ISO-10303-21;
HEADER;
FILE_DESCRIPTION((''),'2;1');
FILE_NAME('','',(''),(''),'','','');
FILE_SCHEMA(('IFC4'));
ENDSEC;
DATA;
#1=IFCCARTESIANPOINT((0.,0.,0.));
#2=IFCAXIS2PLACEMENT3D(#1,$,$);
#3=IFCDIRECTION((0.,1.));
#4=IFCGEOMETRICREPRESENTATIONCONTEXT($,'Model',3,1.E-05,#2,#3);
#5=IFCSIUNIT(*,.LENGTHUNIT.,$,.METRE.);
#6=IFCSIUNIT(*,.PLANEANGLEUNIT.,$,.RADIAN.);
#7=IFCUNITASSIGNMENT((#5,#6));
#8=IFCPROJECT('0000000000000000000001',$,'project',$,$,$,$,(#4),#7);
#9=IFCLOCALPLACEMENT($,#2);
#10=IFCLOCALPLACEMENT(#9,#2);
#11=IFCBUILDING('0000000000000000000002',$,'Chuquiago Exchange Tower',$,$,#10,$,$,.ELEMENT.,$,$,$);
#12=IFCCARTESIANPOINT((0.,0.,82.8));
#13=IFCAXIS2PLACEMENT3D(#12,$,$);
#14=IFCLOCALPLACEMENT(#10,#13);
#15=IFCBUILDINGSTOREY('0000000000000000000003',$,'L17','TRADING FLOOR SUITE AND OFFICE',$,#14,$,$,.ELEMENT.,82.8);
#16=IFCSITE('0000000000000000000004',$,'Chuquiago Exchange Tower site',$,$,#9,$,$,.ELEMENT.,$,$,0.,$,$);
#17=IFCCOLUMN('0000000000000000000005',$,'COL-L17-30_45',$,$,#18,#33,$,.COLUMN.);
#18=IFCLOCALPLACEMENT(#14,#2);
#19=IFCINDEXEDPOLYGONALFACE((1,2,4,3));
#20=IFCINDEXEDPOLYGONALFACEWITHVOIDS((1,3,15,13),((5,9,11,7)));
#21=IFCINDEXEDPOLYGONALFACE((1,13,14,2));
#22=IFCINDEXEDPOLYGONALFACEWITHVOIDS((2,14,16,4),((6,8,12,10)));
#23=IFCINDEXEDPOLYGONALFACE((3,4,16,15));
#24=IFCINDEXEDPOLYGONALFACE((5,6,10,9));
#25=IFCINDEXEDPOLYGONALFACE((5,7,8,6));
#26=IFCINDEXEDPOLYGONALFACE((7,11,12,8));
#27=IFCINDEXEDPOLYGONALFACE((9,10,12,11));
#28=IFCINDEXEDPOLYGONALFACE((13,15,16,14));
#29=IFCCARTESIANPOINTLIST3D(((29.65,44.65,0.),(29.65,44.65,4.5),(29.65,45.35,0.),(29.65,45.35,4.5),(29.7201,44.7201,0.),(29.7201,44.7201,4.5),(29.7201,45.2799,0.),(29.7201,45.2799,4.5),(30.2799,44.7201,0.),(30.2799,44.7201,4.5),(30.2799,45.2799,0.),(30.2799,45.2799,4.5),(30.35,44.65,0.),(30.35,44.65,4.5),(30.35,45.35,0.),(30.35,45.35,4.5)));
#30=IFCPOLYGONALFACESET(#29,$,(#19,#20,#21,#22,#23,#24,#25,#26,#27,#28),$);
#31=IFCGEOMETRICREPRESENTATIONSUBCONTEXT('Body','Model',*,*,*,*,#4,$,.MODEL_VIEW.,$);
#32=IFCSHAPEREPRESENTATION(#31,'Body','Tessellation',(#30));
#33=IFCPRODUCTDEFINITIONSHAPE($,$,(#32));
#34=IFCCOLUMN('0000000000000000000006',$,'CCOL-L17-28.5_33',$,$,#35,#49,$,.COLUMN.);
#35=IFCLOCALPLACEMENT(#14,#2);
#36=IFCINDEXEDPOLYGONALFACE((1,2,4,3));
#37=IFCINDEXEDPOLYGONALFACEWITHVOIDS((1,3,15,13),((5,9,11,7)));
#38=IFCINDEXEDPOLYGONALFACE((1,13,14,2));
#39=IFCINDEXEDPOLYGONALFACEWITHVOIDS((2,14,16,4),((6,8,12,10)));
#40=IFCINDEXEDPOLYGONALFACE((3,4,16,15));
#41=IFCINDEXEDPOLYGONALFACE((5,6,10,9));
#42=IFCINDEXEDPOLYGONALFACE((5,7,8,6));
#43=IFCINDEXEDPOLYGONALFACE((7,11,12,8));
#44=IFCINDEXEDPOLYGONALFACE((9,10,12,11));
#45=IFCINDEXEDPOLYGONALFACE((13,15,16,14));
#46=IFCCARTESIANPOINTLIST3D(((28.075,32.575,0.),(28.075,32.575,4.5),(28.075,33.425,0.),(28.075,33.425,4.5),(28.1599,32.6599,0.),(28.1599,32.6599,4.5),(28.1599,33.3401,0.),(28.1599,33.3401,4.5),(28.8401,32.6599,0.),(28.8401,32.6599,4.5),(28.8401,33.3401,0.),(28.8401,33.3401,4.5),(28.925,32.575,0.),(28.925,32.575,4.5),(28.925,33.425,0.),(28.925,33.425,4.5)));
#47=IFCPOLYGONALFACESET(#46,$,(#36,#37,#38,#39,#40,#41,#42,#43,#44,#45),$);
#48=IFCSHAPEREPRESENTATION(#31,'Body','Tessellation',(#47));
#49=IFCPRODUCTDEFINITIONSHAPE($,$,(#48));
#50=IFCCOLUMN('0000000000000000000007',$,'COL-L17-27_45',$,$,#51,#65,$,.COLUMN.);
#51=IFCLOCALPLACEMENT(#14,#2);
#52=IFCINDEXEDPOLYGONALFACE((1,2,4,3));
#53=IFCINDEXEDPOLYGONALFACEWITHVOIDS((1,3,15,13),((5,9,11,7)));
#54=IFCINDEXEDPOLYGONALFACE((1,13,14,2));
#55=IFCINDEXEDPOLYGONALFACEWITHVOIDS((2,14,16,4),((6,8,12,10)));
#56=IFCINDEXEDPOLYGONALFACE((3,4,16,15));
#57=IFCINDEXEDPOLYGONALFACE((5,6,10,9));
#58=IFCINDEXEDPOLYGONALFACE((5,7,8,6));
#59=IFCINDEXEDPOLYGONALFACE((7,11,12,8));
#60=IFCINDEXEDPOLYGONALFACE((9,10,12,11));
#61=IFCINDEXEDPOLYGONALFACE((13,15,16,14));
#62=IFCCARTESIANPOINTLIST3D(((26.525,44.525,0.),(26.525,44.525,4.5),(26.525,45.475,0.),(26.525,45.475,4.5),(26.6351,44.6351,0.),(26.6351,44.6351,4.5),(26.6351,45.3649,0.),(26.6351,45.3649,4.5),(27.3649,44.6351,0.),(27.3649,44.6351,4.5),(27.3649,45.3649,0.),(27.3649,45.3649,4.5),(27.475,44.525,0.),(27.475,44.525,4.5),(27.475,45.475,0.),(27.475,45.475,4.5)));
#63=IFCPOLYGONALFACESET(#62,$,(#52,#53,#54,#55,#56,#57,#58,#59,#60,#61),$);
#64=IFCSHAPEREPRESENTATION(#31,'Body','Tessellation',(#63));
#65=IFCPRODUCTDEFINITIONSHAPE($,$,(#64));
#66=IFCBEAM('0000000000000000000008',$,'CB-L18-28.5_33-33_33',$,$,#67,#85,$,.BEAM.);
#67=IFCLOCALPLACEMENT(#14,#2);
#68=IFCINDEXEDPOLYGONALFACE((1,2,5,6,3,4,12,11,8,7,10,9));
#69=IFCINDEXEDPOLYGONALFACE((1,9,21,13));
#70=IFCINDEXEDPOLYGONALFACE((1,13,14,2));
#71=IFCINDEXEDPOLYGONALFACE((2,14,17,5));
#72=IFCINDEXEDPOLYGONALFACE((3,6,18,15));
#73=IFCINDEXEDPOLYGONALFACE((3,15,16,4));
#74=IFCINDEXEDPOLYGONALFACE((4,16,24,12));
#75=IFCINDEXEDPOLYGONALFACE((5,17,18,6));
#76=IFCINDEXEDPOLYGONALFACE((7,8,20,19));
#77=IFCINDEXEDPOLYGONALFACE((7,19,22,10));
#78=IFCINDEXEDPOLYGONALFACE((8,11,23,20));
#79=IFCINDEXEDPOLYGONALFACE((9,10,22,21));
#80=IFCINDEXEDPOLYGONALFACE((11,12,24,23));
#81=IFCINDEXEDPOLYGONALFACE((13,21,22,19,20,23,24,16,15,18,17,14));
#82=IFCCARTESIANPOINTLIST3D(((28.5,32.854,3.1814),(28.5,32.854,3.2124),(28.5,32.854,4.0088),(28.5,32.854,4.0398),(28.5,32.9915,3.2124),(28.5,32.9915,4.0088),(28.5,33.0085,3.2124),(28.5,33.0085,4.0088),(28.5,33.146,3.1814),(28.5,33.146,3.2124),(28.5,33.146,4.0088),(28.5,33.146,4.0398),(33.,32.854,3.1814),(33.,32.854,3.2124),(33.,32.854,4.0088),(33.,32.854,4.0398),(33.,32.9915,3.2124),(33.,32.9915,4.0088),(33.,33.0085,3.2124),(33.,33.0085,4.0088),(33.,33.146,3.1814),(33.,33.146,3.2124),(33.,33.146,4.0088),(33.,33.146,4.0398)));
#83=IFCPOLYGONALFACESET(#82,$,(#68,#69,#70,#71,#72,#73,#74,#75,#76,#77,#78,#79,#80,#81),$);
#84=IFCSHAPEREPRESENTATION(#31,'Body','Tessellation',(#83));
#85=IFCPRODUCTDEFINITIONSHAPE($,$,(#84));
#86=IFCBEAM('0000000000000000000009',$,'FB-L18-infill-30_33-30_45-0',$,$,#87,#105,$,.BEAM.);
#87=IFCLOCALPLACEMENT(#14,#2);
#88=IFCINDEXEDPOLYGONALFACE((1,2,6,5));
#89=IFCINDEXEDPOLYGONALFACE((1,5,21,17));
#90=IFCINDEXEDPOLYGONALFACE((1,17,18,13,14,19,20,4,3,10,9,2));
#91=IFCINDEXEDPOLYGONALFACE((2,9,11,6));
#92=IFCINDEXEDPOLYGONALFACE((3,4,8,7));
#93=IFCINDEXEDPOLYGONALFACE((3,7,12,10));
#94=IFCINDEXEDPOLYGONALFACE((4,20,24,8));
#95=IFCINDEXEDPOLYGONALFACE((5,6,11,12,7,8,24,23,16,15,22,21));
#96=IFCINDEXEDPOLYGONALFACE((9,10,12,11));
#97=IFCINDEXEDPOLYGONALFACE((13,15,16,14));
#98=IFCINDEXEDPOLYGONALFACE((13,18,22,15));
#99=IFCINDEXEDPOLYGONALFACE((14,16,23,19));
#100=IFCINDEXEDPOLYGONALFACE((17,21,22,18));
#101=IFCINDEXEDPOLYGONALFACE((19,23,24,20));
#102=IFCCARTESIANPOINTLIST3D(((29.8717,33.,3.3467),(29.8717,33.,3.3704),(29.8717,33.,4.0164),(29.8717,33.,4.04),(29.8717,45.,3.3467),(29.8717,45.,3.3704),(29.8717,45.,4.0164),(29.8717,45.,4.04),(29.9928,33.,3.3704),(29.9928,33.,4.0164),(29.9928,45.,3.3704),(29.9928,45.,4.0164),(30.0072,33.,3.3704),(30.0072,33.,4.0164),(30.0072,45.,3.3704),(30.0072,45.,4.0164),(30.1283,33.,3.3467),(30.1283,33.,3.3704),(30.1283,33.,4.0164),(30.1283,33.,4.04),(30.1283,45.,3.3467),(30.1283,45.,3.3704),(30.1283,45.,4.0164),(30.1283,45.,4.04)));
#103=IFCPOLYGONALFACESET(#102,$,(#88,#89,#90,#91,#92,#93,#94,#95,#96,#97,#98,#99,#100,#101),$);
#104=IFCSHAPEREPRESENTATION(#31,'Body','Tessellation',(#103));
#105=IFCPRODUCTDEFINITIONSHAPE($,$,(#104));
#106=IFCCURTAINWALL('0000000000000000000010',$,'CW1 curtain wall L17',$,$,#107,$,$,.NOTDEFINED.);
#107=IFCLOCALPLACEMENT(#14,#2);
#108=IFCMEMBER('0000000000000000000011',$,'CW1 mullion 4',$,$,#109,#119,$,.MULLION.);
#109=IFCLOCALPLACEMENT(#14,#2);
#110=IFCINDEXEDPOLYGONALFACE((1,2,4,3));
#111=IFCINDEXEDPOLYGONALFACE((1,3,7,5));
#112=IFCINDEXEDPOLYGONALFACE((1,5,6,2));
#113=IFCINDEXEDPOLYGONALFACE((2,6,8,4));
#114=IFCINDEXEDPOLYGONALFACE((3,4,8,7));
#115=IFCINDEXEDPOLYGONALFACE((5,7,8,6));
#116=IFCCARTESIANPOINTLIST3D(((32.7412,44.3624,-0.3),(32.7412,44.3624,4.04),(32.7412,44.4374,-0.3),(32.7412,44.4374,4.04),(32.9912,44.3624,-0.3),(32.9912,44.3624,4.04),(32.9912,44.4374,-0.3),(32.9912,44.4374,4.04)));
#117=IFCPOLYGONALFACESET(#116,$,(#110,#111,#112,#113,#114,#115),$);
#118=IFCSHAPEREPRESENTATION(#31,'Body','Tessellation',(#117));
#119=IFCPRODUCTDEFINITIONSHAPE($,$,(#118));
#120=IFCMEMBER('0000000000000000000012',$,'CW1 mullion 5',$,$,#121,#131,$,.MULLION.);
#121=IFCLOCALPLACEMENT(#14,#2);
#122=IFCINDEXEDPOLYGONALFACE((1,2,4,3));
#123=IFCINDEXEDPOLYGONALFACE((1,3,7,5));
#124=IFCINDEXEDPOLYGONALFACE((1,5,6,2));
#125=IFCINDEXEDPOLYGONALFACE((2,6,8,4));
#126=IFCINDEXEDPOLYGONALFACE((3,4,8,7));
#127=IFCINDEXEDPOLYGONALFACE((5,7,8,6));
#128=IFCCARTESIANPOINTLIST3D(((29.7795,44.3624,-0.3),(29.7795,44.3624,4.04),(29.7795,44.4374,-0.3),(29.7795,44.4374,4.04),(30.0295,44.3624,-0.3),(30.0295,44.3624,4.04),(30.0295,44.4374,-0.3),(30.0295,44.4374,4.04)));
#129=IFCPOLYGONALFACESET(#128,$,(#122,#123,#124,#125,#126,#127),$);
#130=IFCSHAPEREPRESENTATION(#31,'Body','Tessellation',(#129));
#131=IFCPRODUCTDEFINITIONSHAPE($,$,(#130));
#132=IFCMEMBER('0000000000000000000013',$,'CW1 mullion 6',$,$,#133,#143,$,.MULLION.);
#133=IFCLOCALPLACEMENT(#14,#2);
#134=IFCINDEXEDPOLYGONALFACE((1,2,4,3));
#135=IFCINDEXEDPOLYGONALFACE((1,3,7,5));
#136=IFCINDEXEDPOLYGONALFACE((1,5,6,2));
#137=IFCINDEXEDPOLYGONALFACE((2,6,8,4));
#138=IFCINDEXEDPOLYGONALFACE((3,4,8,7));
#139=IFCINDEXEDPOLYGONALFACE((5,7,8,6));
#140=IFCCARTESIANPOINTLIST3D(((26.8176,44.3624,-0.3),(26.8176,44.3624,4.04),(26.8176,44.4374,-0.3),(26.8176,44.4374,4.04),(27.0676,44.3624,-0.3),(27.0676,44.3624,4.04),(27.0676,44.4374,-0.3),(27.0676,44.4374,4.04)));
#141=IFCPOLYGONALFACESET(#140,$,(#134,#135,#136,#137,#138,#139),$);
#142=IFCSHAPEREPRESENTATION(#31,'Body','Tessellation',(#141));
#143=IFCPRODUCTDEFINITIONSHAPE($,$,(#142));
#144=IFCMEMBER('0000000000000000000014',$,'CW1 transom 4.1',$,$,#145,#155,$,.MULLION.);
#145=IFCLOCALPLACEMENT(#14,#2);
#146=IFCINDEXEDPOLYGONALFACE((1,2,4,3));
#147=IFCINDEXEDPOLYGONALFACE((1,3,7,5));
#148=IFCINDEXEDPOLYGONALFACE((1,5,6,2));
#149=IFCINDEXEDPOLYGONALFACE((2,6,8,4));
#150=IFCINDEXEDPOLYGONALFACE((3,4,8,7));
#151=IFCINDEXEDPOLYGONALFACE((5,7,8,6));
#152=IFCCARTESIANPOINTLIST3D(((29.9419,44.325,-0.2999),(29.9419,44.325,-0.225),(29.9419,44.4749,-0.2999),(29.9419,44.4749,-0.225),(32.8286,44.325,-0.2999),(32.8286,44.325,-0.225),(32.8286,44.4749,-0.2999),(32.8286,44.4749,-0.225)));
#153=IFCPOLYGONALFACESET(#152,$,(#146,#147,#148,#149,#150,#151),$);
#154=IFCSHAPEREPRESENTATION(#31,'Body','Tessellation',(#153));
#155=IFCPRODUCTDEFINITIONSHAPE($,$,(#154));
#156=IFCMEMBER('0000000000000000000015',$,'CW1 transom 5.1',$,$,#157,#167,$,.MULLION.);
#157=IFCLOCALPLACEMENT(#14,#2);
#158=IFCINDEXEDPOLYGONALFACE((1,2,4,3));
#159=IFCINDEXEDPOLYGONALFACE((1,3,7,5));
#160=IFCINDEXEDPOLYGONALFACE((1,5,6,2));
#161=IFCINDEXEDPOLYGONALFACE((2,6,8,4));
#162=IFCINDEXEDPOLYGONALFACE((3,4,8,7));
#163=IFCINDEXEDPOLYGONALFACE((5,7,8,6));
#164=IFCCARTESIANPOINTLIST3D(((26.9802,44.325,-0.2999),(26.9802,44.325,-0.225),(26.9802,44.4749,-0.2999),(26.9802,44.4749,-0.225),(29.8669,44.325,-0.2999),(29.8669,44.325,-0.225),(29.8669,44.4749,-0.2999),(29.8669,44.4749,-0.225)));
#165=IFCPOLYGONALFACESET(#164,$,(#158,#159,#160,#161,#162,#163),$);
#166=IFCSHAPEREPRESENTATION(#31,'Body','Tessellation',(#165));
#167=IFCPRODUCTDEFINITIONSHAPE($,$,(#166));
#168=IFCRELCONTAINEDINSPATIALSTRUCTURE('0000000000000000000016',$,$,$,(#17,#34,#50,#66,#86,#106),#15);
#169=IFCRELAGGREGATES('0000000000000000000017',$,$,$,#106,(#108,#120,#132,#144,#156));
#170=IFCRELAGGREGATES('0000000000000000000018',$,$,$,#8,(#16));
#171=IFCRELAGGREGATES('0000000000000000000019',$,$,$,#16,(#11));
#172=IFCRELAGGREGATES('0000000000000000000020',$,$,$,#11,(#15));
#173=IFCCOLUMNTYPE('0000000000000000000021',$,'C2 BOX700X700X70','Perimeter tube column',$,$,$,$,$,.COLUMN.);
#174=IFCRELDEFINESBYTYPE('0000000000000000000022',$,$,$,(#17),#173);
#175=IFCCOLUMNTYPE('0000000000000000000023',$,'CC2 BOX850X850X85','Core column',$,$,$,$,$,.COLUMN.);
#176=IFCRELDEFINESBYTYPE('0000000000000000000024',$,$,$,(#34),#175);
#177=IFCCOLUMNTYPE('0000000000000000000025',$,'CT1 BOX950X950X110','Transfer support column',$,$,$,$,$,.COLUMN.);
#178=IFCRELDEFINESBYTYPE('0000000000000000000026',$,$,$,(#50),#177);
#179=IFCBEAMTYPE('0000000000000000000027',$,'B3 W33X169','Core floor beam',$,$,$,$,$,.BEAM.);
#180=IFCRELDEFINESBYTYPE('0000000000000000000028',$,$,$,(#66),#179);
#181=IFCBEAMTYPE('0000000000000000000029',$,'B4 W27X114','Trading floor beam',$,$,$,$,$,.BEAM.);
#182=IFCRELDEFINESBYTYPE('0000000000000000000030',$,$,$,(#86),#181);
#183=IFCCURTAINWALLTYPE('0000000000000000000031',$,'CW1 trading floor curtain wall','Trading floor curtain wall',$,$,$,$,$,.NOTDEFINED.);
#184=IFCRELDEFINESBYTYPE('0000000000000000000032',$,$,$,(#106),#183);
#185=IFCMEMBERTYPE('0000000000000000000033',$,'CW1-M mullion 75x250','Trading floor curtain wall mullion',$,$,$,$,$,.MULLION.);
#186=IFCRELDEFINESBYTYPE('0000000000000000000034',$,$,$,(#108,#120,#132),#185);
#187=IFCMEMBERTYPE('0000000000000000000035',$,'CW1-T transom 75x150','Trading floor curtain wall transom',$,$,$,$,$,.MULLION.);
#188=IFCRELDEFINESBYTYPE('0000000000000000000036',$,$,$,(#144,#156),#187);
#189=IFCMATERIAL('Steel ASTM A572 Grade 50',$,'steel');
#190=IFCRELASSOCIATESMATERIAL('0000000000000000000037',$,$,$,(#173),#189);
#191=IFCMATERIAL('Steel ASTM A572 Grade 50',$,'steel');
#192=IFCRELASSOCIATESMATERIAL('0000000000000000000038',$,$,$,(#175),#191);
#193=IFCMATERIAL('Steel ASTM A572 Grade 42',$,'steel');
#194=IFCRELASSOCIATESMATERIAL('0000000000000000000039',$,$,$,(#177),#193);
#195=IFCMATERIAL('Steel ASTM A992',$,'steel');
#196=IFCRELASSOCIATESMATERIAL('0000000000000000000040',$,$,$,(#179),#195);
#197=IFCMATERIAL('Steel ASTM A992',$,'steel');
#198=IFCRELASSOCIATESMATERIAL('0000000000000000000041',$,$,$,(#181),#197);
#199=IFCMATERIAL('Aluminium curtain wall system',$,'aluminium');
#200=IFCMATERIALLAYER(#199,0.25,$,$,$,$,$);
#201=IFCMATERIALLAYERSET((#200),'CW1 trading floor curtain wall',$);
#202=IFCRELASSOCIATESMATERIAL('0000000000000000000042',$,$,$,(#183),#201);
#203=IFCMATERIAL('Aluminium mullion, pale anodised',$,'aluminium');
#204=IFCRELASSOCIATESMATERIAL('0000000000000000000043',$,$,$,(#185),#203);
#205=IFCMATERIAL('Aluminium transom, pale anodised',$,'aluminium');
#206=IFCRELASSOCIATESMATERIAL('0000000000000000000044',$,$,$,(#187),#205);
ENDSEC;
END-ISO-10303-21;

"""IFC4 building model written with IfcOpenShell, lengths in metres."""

from ifc_helpers import new_model, si_unit, direction, frame, origin, origin_2d, place, context, subcontext, project, spatial, rectangle, hollow_rectangle, i_section, extrude, material, layer, layer_set, material_profile, profile_set, type_object, element, aggregate, save


model = new_model("IFC4")

# Units and contexts
model_context = context("Model", 3, precision=1e-05, world=origin(), true_north=direction((0.0, 1.0)))
body_context = subcontext(model_context, "Body", "Model", "MODEL_VIEW")
ifc_project = project(units=[si_unit("LENGTHUNIT", "METRE"), si_unit("PLANEANGLEUNIT", "RADIAN")], contexts=[model_context])

# Site, building, storey
site_placement = place(None, origin())
site = spatial("IfcSite", under=ifc_project, at=site_placement, Name="Chuquiago Exchange Tower site", CompositionType="ELEMENT", RefElevation=0.0)
building_placement = place(site_placement, origin())
building = spatial("IfcBuilding", under=site, at=building_placement, Name="Chuquiago Exchange Tower", CompositionType="ELEMENT")
storey_placement = place(building_placement, frame((0.0, 0.0, 82.8)))
storey = spatial("IfcBuildingStorey", under=building, at=storey_placement, Name="L17", Description="TRADING FLOOR SUITE AND OFFICE", CompositionType="ELEMENT", Elevation=82.8)

# Columns
ifc_material_1 = material(Name="Steel ASTM A572 Grade 50", Category="steel")
ifc_material_profile_1 = material_profile(ifc_material_1, hollow_rectangle(XDim=0.7, YDim=0.7, WallThickness=0.0701, at=origin_2d()), Name="BOX700X700X70")
ifc_profile_set_1 = profile_set([ifc_material_profile_1], Name="Steel ASTM A572 Grade 50")
column_type_1 = type_object("IfcColumnType", Name="C2 BOX700X700X70", Description="Perimeter tube column", PredefinedType="COLUMN", material=ifc_profile_set_1)
column_1_placement = place(storey_placement, frame((30.0, 45.0, 0.0), z_axis=(0.0, 0.0, 1.0), x_axis=(0.0, 1.0, 0.0)))
element("IfcColumn", 1, at=column_1_placement, inside=storey, type_object=column_type_1, Name="COL-L17-30_45", PredefinedType="COLUMN", context=body_context, shape_type="SweptSolid", body=[
    extrude(hollow_rectangle(XDim=0.7, YDim=0.7, WallThickness=0.0701, at=origin_2d()), origin(), (0.0, 0.0, 1.0), 4.5),
])
ifc_material_2 = material(Name="Steel ASTM A572 Grade 50", Category="steel")
ifc_material_profile_2 = material_profile(ifc_material_2, hollow_rectangle(XDim=0.8501, YDim=0.8501, WallThickness=0.085, at=origin_2d()), Name="BOX850X850X85")
ifc_profile_set_2 = profile_set([ifc_material_profile_2], Name="Steel ASTM A572 Grade 50")
column_type_2 = type_object("IfcColumnType", Name="CC2 BOX850X850X85", Description="Core column", PredefinedType="COLUMN", material=ifc_profile_set_2)
column_2_placement = place(storey_placement, frame((28.5, 33.0, 0.0), z_axis=(0.0, 0.0, 1.0), x_axis=(1.0, 0.0, 0.0)))
element("IfcColumn", 2, at=column_2_placement, inside=storey, type_object=column_type_2, Name="CCOL-L17-28.5_33", PredefinedType="COLUMN", context=body_context, shape_type="SweptSolid", body=[
    extrude(hollow_rectangle(XDim=0.8501, YDim=0.8501, WallThickness=0.085, at=origin_2d()), origin(), (0.0, 0.0, 1.0), 4.5),
])
ifc_material_3 = material(Name="Steel ASTM A572 Grade 42", Category="steel")
ifc_material_profile_3 = material_profile(ifc_material_3, hollow_rectangle(XDim=0.95, YDim=0.95, WallThickness=0.1101, at=origin_2d()), Name="BOX950X950X110")
ifc_profile_set_3 = profile_set([ifc_material_profile_3], Name="Steel ASTM A572 Grade 42")
column_type_3 = type_object("IfcColumnType", Name="CT1 BOX950X950X110", Description="Transfer support column", PredefinedType="COLUMN", material=ifc_profile_set_3)
column_3_placement = place(storey_placement, frame((27.0, 45.0, 0.0), z_axis=(0.0, 0.0, 1.0), x_axis=(0.0, 1.0, 0.0)))
element("IfcColumn", 3, at=column_3_placement, inside=storey, type_object=column_type_3, Name="COL-L17-27_45", PredefinedType="COLUMN", context=body_context, shape_type="SweptSolid", body=[
    extrude(hollow_rectangle(XDim=0.95, YDim=0.95, WallThickness=0.1101, at=origin_2d()), origin(), (0.0, 0.0, 1.0), 4.5),
])

# Beams
ifc_material_4 = material(Name="Steel ASTM A992", Category="steel")
ifc_material_profile_4 = material_profile(ifc_material_4, i_section(OverallWidth=0.292, OverallDepth=0.8584, WebThickness=0.0171, FlangeThickness=0.031, at=origin_2d()), Name="W33X169")
ifc_profile_set_4 = profile_set([ifc_material_profile_4], Name="Steel ASTM A992")
beam_type_1 = type_object("IfcBeamType", Name="B3 W33X169", Description="Core floor beam", PredefinedType="BEAM", material=ifc_profile_set_4)
beam_1_placement = place(storey_placement, frame((28.5, 33.0, 3.6106), z_axis=(1.0, 0.0, 0.0), x_axis=(0.0, 1.0, 0.0)))
element("IfcBeam", 4, at=beam_1_placement, inside=storey, type_object=beam_type_1, Name="CB-L18-28.5_33-33_33", PredefinedType="BEAM", context=body_context, shape_type="SweptSolid", body=[
    extrude(i_section(OverallWidth=0.292, OverallDepth=0.8584, WebThickness=0.0171, FlangeThickness=0.031, at=origin_2d()), origin(), (0.0, 0.0, 1.0), 4.5),
])
ifc_material_5 = material(Name="Steel ASTM A992", Category="steel")
ifc_material_profile_5 = material_profile(ifc_material_5, i_section(OverallWidth=0.2566, OverallDepth=0.6934, WebThickness=0.0144, FlangeThickness=0.0237, at=origin_2d()), Name="W27X114")
ifc_profile_set_5 = profile_set([ifc_material_profile_5], Name="Steel ASTM A992")
beam_type_2 = type_object("IfcBeamType", Name="B4 W27X114", Description="Trading floor beam", PredefinedType="BEAM", material=ifc_profile_set_5)
beam_2_placement = place(storey_placement, frame((30.0, 33.0, 3.6934), z_axis=(0.0, 1.0, 0.0), x_axis=(-1.0, 0.0, 0.0)))
element("IfcBeam", 5, at=beam_2_placement, inside=storey, type_object=beam_type_2, Name="FB-L18-infill-30_33-30_45-0", PredefinedType="BEAM", context=body_context, shape_type="SweptSolid", body=[
    extrude(i_section(OverallWidth=0.2566, OverallDepth=0.6934, WebThickness=0.0144, FlangeThickness=0.0237, at=origin_2d()), origin(), (0.0, 0.0, 1.0), 12.0),
])

# Curtain wall, members
ifc_material_6 = material(Name="Aluminium curtain wall system", Category="aluminium")
ifc_layer_1 = layer(ifc_material_6, 0.25)
ifc_layer_set_1 = layer_set([ifc_layer_1], Name="CW1 trading floor curtain wall")
curtain_wall_type = type_object("IfcCurtainWallType", Name="CW1 trading floor curtain wall", Description="Trading floor curtain wall", PredefinedType="NOTDEFINED", material=ifc_layer_set_1)
curtain_wall_placement = place(storey_placement, origin())
curtain_wall = element("IfcCurtainWall", 6, at=curtain_wall_placement, inside=storey, type_object=curtain_wall_type, Name="CW1 curtain wall L17", PredefinedType="NOTDEFINED")
ifc_material_7 = material(Name="Aluminium mullion, pale anodised", Category="aluminium")
ifc_material_profile_6 = material_profile(ifc_material_7, rectangle(XDim=0.075, YDim=0.25, at=origin_2d()), Name="AL 75x250")
ifc_profile_set_6 = profile_set([ifc_material_profile_6], Name="Aluminium mullion, pale anodised")
member_type_1 = type_object("IfcMemberType", Name="CW1-M mullion 75x250", Description="Trading floor curtain wall mullion", PredefinedType="MULLION", material=ifc_profile_set_6)
member_1_placement = place(storey_placement, frame((32.8662, 44.3999, -0.3), z_axis=(0.0, 0.0, 1.0), x_axis=(0.0, -1.0, 0.0)))
member_1 = element("IfcMember", 7, at=member_1_placement, type_object=member_type_1, Name="CW1 mullion 4", PredefinedType="MULLION", context=body_context, shape_type="SweptSolid", body=[
    extrude(rectangle(XDim=0.075, YDim=0.25, at=origin_2d()), origin(), (0.0, 0.0, 1.0), 4.3401),
])
member_2_placement = place(storey_placement, frame((29.9045, 44.3999, -0.3), z_axis=(0.0, 0.0, 1.0), x_axis=(0.0, -1.0, 0.0)))
member_2 = element("IfcMember", 8, at=member_2_placement, type_object=member_type_1, Name="CW1 mullion 5", PredefinedType="MULLION", context=body_context, shape_type="SweptSolid", body=[
    extrude(rectangle(XDim=0.075, YDim=0.25, at=origin_2d()), origin(), (0.0, 0.0, 1.0), 4.3401),
])
member_3_placement = place(storey_placement, frame((26.9426, 44.3999, -0.3), z_axis=(0.0, 0.0, 1.0), x_axis=(0.0, -1.0, 0.0)))
member_3 = element("IfcMember", 9, at=member_3_placement, type_object=member_type_1, Name="CW1 mullion 6", PredefinedType="MULLION", context=body_context, shape_type="SweptSolid", body=[
    extrude(rectangle(XDim=0.075, YDim=0.25, at=origin_2d()), origin(), (0.0, 0.0, 1.0), 4.3401),
])
ifc_material_8 = material(Name="Aluminium transom, pale anodised", Category="aluminium")
ifc_material_profile_7 = material_profile(ifc_material_8, rectangle(XDim=0.1499, YDim=0.075, at=origin_2d()), Name="AL 150x75")
ifc_profile_set_7 = profile_set([ifc_material_profile_7], Name="Aluminium transom, pale anodised")
member_type_2 = type_object("IfcMemberType", Name="CW1-T transom 75x150", Description="Trading floor curtain wall transom", PredefinedType="MULLION", material=ifc_profile_set_7)
member_4_placement = place(storey_placement, frame((32.8286, 44.3999, -0.2625), z_axis=(-1.0, 0.0, 0.0), x_axis=(0.0, -1.0, 0.0)))
member_4 = element("IfcMember", 10, at=member_4_placement, type_object=member_type_2, Name="CW1 transom 4.1", PredefinedType="MULLION", context=body_context, shape_type="SweptSolid", body=[
    extrude(rectangle(XDim=0.1499, YDim=0.075, at=origin_2d()), origin(), (0.0, 0.0, 1.0), 2.8867),
])
member_5_placement = place(storey_placement, frame((29.8669, 44.3999, -0.2625), z_axis=(-1.0, 0.0, 0.0), x_axis=(0.0, -1.0, 0.0)))
member_5 = element("IfcMember", 11, at=member_5_placement, type_object=member_type_2, Name="CW1 transom 5.1", PredefinedType="MULLION", context=body_context, shape_type="SweptSolid", body=[
    extrude(rectangle(XDim=0.1499, YDim=0.075, at=origin_2d()), origin(), (0.0, 0.0, 1.0), 2.8867),
])

aggregate(curtain_wall, [member_1, member_2, member_3, member_4, member_5])

save(model, "model.ifc")
